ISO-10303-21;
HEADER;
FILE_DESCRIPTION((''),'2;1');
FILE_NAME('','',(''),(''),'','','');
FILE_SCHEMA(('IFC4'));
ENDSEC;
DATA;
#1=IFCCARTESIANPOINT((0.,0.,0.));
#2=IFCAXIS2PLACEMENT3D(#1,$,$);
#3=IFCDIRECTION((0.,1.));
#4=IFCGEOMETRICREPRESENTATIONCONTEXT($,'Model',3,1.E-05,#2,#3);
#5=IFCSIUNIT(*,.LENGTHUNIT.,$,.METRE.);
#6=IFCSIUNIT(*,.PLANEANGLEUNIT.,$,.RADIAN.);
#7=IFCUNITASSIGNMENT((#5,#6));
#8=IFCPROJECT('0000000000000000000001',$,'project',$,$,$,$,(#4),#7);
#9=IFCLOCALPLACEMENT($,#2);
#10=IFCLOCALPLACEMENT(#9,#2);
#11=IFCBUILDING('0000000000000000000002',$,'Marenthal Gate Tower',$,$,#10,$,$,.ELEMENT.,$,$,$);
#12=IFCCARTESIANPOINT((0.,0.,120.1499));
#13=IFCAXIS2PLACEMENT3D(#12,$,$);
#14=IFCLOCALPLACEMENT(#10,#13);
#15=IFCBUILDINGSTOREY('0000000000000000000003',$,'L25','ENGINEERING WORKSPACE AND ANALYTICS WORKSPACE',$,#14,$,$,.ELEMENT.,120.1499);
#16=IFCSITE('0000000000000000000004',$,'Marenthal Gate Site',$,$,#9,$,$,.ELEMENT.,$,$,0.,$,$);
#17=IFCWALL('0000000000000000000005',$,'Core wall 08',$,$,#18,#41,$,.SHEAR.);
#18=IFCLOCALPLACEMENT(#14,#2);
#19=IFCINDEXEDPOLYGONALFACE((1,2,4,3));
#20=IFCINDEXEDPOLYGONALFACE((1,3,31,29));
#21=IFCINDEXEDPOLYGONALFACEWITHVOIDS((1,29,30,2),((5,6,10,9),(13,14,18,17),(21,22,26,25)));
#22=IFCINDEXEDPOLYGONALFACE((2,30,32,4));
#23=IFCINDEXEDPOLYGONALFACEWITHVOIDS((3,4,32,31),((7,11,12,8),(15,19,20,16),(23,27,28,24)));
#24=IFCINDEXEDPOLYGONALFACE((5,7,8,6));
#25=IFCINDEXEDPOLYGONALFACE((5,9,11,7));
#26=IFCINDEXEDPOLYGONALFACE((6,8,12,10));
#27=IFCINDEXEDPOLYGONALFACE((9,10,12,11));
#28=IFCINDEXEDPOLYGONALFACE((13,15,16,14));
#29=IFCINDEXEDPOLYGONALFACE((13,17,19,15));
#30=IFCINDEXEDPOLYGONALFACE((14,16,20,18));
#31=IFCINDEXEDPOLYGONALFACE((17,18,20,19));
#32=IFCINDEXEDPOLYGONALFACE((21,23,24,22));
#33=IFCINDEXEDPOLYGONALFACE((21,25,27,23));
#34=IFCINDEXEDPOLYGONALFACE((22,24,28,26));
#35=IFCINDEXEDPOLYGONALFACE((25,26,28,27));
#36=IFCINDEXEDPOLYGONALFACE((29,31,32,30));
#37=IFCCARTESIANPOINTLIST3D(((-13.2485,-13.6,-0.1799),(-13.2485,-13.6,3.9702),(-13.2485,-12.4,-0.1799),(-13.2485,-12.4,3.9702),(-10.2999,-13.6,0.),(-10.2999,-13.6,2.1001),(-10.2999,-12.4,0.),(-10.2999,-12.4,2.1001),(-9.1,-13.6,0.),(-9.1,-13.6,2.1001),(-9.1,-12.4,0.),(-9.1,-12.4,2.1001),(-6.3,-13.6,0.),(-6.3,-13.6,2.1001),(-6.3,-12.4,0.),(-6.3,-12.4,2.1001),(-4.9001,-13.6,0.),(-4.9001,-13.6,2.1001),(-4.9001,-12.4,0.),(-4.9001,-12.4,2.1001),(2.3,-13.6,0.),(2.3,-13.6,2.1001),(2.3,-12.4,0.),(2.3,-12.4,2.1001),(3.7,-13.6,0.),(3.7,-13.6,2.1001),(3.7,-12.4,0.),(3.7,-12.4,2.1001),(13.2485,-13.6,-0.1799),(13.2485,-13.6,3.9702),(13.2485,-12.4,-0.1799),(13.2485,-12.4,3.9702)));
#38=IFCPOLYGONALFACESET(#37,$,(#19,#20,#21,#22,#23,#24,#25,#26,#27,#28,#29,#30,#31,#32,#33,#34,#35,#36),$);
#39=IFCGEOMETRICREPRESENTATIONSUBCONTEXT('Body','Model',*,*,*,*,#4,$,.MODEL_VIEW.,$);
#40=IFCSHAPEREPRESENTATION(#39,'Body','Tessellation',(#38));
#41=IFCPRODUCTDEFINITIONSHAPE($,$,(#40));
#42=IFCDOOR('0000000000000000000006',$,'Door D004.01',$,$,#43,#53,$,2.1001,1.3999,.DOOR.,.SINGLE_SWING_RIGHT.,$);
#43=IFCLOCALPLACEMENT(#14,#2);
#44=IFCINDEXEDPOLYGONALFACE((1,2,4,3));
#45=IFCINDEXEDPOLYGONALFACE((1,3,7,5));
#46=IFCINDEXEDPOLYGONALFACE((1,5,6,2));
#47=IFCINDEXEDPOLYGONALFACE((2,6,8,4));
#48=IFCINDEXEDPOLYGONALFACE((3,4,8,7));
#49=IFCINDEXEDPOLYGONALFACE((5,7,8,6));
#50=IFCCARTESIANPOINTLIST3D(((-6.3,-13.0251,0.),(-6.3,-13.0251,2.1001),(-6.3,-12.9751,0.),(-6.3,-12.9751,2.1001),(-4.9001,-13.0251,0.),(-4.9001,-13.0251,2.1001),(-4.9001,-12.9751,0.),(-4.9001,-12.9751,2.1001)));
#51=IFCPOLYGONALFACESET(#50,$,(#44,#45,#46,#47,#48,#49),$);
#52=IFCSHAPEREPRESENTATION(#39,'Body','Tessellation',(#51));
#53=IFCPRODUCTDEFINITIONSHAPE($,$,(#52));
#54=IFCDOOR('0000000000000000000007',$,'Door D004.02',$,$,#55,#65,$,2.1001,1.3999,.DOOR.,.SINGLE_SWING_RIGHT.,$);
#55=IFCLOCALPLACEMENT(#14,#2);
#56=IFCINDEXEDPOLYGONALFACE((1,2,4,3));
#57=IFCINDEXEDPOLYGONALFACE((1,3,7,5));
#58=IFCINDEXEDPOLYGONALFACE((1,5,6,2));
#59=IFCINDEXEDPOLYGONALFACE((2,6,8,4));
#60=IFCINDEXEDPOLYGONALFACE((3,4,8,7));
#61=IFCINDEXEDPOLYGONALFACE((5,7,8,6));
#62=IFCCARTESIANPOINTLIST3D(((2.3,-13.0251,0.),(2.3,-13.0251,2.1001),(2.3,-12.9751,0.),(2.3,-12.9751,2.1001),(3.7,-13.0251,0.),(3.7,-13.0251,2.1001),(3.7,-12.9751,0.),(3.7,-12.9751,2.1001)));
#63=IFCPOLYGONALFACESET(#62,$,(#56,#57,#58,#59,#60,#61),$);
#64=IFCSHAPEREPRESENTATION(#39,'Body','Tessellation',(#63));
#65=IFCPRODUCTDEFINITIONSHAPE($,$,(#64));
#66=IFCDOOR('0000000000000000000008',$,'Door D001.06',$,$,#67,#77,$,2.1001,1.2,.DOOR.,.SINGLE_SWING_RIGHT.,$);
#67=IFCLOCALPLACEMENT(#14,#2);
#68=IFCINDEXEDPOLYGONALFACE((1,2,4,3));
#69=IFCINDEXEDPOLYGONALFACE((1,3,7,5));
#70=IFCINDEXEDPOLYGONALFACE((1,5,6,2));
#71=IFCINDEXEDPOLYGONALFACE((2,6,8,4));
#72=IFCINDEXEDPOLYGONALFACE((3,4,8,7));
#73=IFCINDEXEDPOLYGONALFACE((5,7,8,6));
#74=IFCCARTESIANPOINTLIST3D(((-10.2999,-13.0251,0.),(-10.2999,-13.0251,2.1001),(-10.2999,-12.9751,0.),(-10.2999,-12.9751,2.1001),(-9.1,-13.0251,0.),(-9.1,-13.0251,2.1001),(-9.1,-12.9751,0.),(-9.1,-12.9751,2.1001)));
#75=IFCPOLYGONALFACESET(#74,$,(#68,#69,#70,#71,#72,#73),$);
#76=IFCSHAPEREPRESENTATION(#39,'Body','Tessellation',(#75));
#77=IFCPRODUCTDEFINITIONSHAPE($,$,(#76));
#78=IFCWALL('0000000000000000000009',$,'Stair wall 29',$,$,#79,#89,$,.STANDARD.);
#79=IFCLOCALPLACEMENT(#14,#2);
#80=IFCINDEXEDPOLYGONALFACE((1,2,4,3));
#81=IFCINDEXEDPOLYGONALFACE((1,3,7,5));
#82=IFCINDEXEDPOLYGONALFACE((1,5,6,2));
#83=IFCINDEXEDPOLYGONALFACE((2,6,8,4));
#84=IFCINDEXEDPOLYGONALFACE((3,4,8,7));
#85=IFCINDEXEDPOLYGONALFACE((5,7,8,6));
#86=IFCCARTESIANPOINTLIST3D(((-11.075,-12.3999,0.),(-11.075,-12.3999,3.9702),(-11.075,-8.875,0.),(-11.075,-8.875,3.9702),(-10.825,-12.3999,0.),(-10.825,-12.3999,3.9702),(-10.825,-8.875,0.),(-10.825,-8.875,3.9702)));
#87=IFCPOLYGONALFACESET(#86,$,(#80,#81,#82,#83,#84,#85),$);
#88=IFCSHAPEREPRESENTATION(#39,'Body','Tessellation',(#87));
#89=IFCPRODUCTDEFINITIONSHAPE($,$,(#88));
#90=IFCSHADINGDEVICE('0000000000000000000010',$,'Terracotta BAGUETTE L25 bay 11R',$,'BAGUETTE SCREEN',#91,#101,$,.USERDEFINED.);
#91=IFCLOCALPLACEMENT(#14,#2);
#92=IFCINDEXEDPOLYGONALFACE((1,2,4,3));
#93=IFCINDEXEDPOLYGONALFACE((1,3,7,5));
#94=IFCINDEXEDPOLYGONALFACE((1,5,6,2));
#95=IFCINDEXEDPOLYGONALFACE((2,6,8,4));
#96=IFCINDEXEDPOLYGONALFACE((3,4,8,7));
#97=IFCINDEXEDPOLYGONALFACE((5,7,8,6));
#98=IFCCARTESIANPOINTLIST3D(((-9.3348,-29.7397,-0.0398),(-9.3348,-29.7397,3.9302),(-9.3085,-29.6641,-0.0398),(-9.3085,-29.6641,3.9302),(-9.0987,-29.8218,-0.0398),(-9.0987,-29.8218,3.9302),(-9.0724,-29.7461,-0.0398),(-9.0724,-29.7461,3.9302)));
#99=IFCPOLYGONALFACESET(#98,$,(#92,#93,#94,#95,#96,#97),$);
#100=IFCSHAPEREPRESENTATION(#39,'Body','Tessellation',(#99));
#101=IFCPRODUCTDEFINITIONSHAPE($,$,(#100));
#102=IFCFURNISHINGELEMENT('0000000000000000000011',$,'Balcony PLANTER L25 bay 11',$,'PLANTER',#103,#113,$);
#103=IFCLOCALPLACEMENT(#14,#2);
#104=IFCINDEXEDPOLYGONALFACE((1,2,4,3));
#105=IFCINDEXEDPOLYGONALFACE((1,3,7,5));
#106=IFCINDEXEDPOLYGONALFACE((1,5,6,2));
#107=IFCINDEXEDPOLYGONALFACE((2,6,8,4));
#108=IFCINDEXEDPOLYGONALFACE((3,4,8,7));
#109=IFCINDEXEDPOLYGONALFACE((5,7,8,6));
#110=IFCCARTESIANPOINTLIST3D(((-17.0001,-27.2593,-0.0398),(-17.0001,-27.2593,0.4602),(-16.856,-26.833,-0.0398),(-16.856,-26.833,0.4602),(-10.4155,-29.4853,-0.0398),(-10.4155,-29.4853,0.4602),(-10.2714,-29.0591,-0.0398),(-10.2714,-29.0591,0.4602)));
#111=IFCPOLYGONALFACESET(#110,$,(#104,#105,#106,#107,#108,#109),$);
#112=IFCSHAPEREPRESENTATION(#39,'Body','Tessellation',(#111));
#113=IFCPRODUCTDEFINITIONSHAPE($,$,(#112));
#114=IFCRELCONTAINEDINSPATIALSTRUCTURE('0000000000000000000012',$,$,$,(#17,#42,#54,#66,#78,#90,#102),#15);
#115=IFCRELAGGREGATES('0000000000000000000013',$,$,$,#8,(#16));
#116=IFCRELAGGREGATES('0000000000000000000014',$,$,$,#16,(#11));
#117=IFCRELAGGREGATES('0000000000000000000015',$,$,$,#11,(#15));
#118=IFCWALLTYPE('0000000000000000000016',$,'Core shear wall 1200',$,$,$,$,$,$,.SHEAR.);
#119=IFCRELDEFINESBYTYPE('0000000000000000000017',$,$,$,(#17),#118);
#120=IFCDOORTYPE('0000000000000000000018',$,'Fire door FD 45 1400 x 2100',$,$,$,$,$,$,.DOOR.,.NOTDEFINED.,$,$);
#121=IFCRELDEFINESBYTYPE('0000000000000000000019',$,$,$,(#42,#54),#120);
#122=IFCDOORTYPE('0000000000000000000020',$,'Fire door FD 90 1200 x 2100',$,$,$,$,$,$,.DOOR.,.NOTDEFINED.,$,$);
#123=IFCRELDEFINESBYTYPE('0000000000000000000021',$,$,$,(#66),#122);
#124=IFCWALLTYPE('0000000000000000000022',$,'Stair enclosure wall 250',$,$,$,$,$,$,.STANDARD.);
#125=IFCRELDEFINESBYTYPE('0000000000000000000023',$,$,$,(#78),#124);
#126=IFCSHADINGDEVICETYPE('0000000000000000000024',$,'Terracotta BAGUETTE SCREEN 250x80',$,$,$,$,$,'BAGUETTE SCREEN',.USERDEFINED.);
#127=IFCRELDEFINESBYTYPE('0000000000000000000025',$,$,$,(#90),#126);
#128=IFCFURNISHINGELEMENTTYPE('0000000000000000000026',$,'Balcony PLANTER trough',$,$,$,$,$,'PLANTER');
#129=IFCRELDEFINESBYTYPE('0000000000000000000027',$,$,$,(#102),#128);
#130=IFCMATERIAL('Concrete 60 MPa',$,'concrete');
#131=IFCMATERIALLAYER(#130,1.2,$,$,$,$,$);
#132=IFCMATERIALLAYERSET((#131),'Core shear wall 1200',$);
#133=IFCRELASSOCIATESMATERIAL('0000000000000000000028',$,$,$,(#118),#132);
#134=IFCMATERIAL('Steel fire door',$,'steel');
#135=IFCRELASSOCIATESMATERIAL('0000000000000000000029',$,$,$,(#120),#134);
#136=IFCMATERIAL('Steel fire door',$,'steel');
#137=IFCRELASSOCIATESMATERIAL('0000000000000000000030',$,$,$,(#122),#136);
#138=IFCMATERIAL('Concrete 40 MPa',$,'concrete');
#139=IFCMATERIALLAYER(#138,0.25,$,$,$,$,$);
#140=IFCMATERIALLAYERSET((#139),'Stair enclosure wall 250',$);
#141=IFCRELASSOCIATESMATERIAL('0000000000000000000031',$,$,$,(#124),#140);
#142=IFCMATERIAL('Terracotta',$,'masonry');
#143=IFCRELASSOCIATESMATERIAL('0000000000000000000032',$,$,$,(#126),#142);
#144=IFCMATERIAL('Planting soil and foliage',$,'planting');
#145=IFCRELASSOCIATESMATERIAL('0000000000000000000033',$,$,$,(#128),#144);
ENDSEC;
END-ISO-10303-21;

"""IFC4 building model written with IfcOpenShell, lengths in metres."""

from ifc_helpers import new_model, si_unit, direction, frame, frame_2d, origin, origin_2d, place, context, subcontext, project, spatial, rectangle, extrude, material, layer, layer_set, material_profile, profile_set, type_object, element, fill, save


model = new_model("IFC4")

# Units and contexts
model_context = context("Model", 3, precision=1e-05, world=origin(), true_north=direction((0.0, 1.0)))
body_context = subcontext(model_context, "Body", "Model", "MODEL_VIEW")
ifc_project = project(units=[si_unit("LENGTHUNIT", "METRE"), si_unit("PLANEANGLEUNIT", "RADIAN")], contexts=[model_context])

# Site, building, storey
site_placement = place(None, origin())
site = spatial("IfcSite", under=ifc_project, at=site_placement, Name="Marenthal Gate Site", CompositionType="ELEMENT", RefElevation=0.0)
building_placement = place(site_placement, origin())
building = spatial("IfcBuilding", under=site, at=building_placement, Name="Marenthal Gate Tower", CompositionType="ELEMENT")
storey_placement = place(building_placement, frame((0.0, 0.0, 120.1499)))
storey = spatial("IfcBuildingStorey", under=building, at=storey_placement, Name="L25", Description="ENGINEERING WORKSPACE AND ANALYTICS WORKSPACE", CompositionType="ELEMENT", Elevation=120.1499)

# Wall, openings, doors
ifc_material_1 = material(Name="Concrete 60 MPa", Category="concrete")
ifc_layer_1 = layer(ifc_material_1, 1.2)
ifc_layer_set_1 = layer_set([ifc_layer_1], Name="Core shear wall 1200")
wall_type_1 = type_object("IfcWallType", Name="Core shear wall 1200", PredefinedType="SHEAR", material=ifc_layer_set_1)
wall_1_placement = place(storey_placement, frame((-13.2485, -13.0, -0.1799), z_axis=(0.0, 0.0, 1.0), x_axis=(1.0, 0.0, 0.0)))
wall_1 = element("IfcWall", 1, at=wall_1_placement, inside=storey, type_object=wall_type_1, Name="Core wall 08", PredefinedType="SHEAR", context=body_context, shape_type="SweptSolid", body=[
    extrude(rectangle(XDim=26.4971, YDim=1.2, at=frame_2d((13.2485, 0.0))), origin(), (0.0, 0.0, 1.0), 4.1501),
])
opening_1_placement = place(wall_1_placement, frame((2.9485, 0.0, 0.1799)))
opening_1 = element("IfcOpeningElement", 2, at=opening_1_placement, cuts=wall_1, PredefinedType="OPENING", context=body_context, shape_type="SweptSolid", body=[
    extrude(rectangle(XDim=1.2, YDim=2.1001, at=frame_2d((0.6001, 1.05))), frame((0.0, 0.6099, 0.0), z_axis=(0.0, -1.0, 0.0), x_axis=(1.0, 0.0, 0.0)), (0.0, 0.0, 1.0), 1.22),
])
opening_2_placement = place(wall_1_placement, frame((6.9485, 0.0, 0.1799)))
opening_2 = element("IfcOpeningElement", 3, at=opening_2_placement, cuts=wall_1, PredefinedType="OPENING", context=body_context, shape_type="SweptSolid", body=[
    extrude(rectangle(XDim=1.3999, YDim=2.1001, at=frame_2d((0.7, 1.05))), frame((0.0, 0.6099, 0.0), z_axis=(0.0, -1.0, 0.0), x_axis=(1.0, 0.0, 0.0)), (0.0, 0.0, 1.0), 1.22),
])
opening_3_placement = place(wall_1_placement, frame((15.5486, 0.0, 0.1799)))
opening_3 = element("IfcOpeningElement", 4, at=opening_3_placement, cuts=wall_1, PredefinedType="OPENING", context=body_context, shape_type="SweptSolid", body=[
    extrude(rectangle(XDim=1.3999, YDim=2.1001, at=frame_2d((0.7, 1.05))), frame((0.0, 0.6099, 0.0), z_axis=(0.0, -1.0, 0.0), x_axis=(1.0, 0.0, 0.0)), (0.0, 0.0, 1.0), 1.22),
])
ifc_material_2 = material(Name="Steel fire door", Category="steel")
door_type_1 = type_object("IfcDoorType", Name="Fire door FD 45 1400 x 2100", OperationType="NOTDEFINED", PredefinedType="DOOR", material=ifc_material_2)
door_1_placement = place(opening_2_placement, origin())
door_1 = element("IfcDoor", 5, at=door_1_placement, inside=storey, type_object=door_type_1, Name="Door D004.01", OperationType="SINGLE_SWING_RIGHT", OverallHeight=2.1001, OverallWidth=1.3999, PredefinedType="DOOR", context=body_context, shape_type="SweptSolid", body=[
    extrude(rectangle(XDim=1.3999, YDim=2.1001, at=frame_2d((0.7, 1.05))), frame((0.0, 0.0249, 0.0), z_axis=(0.0, -1.0, 0.0), x_axis=(1.0, 0.0, 0.0)), (0.0, 0.0, 1.0), 0.05),
])
fill(opening_2, door_1)
door_2_placement = place(opening_3_placement, origin())
door_2 = element("IfcDoor", 6, at=door_2_placement, inside=storey, type_object=door_type_1, Name="Door D004.02", OperationType="SINGLE_SWING_RIGHT", OverallHeight=2.1001, OverallWidth=1.3999, PredefinedType="DOOR", context=body_context, shape_type="SweptSolid", body=[
    extrude(rectangle(XDim=1.3999, YDim=2.1001, at=frame_2d((0.7, 1.05))), frame((0.0, 0.0249, 0.0), z_axis=(0.0, -1.0, 0.0), x_axis=(1.0, 0.0, 0.0)), (0.0, 0.0, 1.0), 0.05),
])
fill(opening_3, door_2)
ifc_material_3 = material(Name="Steel fire door", Category="steel")
door_type_2 = type_object("IfcDoorType", Name="Fire door FD 90 1200 x 2100", OperationType="NOTDEFINED", PredefinedType="DOOR", material=ifc_material_3)
door_3_placement = place(opening_1_placement, origin())
door_3 = element("IfcDoor", 7, at=door_3_placement, inside=storey, type_object=door_type_2, Name="Door D001.06", OperationType="SINGLE_SWING_RIGHT", OverallHeight=2.1001, OverallWidth=1.2, PredefinedType="DOOR", context=body_context, shape_type="SweptSolid", body=[
    extrude(rectangle(XDim=1.2, YDim=2.1001, at=frame_2d((0.6001, 1.05))), frame((0.0, 0.0249, 0.0), z_axis=(0.0, -1.0, 0.0), x_axis=(1.0, 0.0, 0.0)), (0.0, 0.0, 1.0), 0.05),
])
fill(opening_1, door_3)

# Wall
ifc_material_4 = material(Name="Concrete 40 MPa", Category="concrete")
ifc_layer_2 = layer(ifc_material_4, 0.25)
ifc_layer_set_2 = layer_set([ifc_layer_2], Name="Stair enclosure wall 250")
wall_type_2 = type_object("IfcWallType", Name="Stair enclosure wall 250", PredefinedType="STANDARD", material=ifc_layer_set_2)
wall_2_placement = place(storey_placement, frame((-10.95, -12.3999, 0.0), z_axis=(0.0, 0.0, 1.0), x_axis=(0.0, 1.0, 0.0)))
element("IfcWall", 8, at=wall_2_placement, inside=storey, type_object=wall_type_2, Name="Stair wall 29", PredefinedType="STANDARD", context=body_context, shape_type="SweptSolid", body=[
    extrude(rectangle(XDim=3.5249, YDim=0.25, at=frame_2d((1.7625, 0.0))), origin(), (0.0, 0.0, 1.0), 3.9702),
])

# Shading device
ifc_material_5 = material(Name="Terracotta", Category="masonry")
ifc_material_profile_1 = material_profile(ifc_material_5, rectangle(XDim=0.25, YDim=0.0801, at=origin_2d()), Name="Terracotta baguette 250x80")
ifc_profile_set_1 = profile_set([ifc_material_profile_1], Name="Terracotta")
shading_device_type = type_object("IfcShadingDeviceType", Name="Terracotta BAGUETTE SCREEN 250x80", ElementType="BAGUETTE SCREEN", PredefinedType="USERDEFINED", material=ifc_profile_set_1)
shading_device_placement = place(storey_placement, frame((-9.2036, -29.7429, -0.0398), z_axis=(0.0, 0.0, 1.0), x_axis=(0.944576, -0.328292, 0.0)))
element("IfcShadingDevice", 9, at=shading_device_placement, inside=storey, type_object=shading_device_type, Name="Terracotta BAGUETTE L25 bay 11R", ObjectType="BAGUETTE SCREEN", PredefinedType="USERDEFINED", context=body_context, shape_type="SweptSolid", body=[
    extrude(rectangle(XDim=0.25, YDim=0.0801, at=origin_2d()), origin(), (0.0, 0.0, 1.0), 3.97),
])

# Furnishing element
ifc_material_6 = material(Name="Planting soil and foliage", Category="planting")
furnishing_element_type = type_object("IfcFurnishingElementType", Name="Balcony PLANTER trough", ElementType="PLANTER", material=ifc_material_6)
furnishing_placement = place(storey_placement, frame((-13.6357, -28.1592, -0.0398), z_axis=(0.0, 0.0, 1.0), x_axis=(0.947329, -0.320262, 0.0)))
element("IfcFurnishingElement", 10, at=furnishing_placement, inside=storey, type_object=furnishing_element_type, Name="Balcony PLANTER L25 bay 11", ObjectType="PLANTER", context=body_context, shape_type="SweptSolid", body=[
    extrude(rectangle(XDim=6.9507, YDim=0.45, at=origin_2d()), origin(), (0.0, 0.0, 1.0), 0.5),
])

save(model, "model.ifc")
